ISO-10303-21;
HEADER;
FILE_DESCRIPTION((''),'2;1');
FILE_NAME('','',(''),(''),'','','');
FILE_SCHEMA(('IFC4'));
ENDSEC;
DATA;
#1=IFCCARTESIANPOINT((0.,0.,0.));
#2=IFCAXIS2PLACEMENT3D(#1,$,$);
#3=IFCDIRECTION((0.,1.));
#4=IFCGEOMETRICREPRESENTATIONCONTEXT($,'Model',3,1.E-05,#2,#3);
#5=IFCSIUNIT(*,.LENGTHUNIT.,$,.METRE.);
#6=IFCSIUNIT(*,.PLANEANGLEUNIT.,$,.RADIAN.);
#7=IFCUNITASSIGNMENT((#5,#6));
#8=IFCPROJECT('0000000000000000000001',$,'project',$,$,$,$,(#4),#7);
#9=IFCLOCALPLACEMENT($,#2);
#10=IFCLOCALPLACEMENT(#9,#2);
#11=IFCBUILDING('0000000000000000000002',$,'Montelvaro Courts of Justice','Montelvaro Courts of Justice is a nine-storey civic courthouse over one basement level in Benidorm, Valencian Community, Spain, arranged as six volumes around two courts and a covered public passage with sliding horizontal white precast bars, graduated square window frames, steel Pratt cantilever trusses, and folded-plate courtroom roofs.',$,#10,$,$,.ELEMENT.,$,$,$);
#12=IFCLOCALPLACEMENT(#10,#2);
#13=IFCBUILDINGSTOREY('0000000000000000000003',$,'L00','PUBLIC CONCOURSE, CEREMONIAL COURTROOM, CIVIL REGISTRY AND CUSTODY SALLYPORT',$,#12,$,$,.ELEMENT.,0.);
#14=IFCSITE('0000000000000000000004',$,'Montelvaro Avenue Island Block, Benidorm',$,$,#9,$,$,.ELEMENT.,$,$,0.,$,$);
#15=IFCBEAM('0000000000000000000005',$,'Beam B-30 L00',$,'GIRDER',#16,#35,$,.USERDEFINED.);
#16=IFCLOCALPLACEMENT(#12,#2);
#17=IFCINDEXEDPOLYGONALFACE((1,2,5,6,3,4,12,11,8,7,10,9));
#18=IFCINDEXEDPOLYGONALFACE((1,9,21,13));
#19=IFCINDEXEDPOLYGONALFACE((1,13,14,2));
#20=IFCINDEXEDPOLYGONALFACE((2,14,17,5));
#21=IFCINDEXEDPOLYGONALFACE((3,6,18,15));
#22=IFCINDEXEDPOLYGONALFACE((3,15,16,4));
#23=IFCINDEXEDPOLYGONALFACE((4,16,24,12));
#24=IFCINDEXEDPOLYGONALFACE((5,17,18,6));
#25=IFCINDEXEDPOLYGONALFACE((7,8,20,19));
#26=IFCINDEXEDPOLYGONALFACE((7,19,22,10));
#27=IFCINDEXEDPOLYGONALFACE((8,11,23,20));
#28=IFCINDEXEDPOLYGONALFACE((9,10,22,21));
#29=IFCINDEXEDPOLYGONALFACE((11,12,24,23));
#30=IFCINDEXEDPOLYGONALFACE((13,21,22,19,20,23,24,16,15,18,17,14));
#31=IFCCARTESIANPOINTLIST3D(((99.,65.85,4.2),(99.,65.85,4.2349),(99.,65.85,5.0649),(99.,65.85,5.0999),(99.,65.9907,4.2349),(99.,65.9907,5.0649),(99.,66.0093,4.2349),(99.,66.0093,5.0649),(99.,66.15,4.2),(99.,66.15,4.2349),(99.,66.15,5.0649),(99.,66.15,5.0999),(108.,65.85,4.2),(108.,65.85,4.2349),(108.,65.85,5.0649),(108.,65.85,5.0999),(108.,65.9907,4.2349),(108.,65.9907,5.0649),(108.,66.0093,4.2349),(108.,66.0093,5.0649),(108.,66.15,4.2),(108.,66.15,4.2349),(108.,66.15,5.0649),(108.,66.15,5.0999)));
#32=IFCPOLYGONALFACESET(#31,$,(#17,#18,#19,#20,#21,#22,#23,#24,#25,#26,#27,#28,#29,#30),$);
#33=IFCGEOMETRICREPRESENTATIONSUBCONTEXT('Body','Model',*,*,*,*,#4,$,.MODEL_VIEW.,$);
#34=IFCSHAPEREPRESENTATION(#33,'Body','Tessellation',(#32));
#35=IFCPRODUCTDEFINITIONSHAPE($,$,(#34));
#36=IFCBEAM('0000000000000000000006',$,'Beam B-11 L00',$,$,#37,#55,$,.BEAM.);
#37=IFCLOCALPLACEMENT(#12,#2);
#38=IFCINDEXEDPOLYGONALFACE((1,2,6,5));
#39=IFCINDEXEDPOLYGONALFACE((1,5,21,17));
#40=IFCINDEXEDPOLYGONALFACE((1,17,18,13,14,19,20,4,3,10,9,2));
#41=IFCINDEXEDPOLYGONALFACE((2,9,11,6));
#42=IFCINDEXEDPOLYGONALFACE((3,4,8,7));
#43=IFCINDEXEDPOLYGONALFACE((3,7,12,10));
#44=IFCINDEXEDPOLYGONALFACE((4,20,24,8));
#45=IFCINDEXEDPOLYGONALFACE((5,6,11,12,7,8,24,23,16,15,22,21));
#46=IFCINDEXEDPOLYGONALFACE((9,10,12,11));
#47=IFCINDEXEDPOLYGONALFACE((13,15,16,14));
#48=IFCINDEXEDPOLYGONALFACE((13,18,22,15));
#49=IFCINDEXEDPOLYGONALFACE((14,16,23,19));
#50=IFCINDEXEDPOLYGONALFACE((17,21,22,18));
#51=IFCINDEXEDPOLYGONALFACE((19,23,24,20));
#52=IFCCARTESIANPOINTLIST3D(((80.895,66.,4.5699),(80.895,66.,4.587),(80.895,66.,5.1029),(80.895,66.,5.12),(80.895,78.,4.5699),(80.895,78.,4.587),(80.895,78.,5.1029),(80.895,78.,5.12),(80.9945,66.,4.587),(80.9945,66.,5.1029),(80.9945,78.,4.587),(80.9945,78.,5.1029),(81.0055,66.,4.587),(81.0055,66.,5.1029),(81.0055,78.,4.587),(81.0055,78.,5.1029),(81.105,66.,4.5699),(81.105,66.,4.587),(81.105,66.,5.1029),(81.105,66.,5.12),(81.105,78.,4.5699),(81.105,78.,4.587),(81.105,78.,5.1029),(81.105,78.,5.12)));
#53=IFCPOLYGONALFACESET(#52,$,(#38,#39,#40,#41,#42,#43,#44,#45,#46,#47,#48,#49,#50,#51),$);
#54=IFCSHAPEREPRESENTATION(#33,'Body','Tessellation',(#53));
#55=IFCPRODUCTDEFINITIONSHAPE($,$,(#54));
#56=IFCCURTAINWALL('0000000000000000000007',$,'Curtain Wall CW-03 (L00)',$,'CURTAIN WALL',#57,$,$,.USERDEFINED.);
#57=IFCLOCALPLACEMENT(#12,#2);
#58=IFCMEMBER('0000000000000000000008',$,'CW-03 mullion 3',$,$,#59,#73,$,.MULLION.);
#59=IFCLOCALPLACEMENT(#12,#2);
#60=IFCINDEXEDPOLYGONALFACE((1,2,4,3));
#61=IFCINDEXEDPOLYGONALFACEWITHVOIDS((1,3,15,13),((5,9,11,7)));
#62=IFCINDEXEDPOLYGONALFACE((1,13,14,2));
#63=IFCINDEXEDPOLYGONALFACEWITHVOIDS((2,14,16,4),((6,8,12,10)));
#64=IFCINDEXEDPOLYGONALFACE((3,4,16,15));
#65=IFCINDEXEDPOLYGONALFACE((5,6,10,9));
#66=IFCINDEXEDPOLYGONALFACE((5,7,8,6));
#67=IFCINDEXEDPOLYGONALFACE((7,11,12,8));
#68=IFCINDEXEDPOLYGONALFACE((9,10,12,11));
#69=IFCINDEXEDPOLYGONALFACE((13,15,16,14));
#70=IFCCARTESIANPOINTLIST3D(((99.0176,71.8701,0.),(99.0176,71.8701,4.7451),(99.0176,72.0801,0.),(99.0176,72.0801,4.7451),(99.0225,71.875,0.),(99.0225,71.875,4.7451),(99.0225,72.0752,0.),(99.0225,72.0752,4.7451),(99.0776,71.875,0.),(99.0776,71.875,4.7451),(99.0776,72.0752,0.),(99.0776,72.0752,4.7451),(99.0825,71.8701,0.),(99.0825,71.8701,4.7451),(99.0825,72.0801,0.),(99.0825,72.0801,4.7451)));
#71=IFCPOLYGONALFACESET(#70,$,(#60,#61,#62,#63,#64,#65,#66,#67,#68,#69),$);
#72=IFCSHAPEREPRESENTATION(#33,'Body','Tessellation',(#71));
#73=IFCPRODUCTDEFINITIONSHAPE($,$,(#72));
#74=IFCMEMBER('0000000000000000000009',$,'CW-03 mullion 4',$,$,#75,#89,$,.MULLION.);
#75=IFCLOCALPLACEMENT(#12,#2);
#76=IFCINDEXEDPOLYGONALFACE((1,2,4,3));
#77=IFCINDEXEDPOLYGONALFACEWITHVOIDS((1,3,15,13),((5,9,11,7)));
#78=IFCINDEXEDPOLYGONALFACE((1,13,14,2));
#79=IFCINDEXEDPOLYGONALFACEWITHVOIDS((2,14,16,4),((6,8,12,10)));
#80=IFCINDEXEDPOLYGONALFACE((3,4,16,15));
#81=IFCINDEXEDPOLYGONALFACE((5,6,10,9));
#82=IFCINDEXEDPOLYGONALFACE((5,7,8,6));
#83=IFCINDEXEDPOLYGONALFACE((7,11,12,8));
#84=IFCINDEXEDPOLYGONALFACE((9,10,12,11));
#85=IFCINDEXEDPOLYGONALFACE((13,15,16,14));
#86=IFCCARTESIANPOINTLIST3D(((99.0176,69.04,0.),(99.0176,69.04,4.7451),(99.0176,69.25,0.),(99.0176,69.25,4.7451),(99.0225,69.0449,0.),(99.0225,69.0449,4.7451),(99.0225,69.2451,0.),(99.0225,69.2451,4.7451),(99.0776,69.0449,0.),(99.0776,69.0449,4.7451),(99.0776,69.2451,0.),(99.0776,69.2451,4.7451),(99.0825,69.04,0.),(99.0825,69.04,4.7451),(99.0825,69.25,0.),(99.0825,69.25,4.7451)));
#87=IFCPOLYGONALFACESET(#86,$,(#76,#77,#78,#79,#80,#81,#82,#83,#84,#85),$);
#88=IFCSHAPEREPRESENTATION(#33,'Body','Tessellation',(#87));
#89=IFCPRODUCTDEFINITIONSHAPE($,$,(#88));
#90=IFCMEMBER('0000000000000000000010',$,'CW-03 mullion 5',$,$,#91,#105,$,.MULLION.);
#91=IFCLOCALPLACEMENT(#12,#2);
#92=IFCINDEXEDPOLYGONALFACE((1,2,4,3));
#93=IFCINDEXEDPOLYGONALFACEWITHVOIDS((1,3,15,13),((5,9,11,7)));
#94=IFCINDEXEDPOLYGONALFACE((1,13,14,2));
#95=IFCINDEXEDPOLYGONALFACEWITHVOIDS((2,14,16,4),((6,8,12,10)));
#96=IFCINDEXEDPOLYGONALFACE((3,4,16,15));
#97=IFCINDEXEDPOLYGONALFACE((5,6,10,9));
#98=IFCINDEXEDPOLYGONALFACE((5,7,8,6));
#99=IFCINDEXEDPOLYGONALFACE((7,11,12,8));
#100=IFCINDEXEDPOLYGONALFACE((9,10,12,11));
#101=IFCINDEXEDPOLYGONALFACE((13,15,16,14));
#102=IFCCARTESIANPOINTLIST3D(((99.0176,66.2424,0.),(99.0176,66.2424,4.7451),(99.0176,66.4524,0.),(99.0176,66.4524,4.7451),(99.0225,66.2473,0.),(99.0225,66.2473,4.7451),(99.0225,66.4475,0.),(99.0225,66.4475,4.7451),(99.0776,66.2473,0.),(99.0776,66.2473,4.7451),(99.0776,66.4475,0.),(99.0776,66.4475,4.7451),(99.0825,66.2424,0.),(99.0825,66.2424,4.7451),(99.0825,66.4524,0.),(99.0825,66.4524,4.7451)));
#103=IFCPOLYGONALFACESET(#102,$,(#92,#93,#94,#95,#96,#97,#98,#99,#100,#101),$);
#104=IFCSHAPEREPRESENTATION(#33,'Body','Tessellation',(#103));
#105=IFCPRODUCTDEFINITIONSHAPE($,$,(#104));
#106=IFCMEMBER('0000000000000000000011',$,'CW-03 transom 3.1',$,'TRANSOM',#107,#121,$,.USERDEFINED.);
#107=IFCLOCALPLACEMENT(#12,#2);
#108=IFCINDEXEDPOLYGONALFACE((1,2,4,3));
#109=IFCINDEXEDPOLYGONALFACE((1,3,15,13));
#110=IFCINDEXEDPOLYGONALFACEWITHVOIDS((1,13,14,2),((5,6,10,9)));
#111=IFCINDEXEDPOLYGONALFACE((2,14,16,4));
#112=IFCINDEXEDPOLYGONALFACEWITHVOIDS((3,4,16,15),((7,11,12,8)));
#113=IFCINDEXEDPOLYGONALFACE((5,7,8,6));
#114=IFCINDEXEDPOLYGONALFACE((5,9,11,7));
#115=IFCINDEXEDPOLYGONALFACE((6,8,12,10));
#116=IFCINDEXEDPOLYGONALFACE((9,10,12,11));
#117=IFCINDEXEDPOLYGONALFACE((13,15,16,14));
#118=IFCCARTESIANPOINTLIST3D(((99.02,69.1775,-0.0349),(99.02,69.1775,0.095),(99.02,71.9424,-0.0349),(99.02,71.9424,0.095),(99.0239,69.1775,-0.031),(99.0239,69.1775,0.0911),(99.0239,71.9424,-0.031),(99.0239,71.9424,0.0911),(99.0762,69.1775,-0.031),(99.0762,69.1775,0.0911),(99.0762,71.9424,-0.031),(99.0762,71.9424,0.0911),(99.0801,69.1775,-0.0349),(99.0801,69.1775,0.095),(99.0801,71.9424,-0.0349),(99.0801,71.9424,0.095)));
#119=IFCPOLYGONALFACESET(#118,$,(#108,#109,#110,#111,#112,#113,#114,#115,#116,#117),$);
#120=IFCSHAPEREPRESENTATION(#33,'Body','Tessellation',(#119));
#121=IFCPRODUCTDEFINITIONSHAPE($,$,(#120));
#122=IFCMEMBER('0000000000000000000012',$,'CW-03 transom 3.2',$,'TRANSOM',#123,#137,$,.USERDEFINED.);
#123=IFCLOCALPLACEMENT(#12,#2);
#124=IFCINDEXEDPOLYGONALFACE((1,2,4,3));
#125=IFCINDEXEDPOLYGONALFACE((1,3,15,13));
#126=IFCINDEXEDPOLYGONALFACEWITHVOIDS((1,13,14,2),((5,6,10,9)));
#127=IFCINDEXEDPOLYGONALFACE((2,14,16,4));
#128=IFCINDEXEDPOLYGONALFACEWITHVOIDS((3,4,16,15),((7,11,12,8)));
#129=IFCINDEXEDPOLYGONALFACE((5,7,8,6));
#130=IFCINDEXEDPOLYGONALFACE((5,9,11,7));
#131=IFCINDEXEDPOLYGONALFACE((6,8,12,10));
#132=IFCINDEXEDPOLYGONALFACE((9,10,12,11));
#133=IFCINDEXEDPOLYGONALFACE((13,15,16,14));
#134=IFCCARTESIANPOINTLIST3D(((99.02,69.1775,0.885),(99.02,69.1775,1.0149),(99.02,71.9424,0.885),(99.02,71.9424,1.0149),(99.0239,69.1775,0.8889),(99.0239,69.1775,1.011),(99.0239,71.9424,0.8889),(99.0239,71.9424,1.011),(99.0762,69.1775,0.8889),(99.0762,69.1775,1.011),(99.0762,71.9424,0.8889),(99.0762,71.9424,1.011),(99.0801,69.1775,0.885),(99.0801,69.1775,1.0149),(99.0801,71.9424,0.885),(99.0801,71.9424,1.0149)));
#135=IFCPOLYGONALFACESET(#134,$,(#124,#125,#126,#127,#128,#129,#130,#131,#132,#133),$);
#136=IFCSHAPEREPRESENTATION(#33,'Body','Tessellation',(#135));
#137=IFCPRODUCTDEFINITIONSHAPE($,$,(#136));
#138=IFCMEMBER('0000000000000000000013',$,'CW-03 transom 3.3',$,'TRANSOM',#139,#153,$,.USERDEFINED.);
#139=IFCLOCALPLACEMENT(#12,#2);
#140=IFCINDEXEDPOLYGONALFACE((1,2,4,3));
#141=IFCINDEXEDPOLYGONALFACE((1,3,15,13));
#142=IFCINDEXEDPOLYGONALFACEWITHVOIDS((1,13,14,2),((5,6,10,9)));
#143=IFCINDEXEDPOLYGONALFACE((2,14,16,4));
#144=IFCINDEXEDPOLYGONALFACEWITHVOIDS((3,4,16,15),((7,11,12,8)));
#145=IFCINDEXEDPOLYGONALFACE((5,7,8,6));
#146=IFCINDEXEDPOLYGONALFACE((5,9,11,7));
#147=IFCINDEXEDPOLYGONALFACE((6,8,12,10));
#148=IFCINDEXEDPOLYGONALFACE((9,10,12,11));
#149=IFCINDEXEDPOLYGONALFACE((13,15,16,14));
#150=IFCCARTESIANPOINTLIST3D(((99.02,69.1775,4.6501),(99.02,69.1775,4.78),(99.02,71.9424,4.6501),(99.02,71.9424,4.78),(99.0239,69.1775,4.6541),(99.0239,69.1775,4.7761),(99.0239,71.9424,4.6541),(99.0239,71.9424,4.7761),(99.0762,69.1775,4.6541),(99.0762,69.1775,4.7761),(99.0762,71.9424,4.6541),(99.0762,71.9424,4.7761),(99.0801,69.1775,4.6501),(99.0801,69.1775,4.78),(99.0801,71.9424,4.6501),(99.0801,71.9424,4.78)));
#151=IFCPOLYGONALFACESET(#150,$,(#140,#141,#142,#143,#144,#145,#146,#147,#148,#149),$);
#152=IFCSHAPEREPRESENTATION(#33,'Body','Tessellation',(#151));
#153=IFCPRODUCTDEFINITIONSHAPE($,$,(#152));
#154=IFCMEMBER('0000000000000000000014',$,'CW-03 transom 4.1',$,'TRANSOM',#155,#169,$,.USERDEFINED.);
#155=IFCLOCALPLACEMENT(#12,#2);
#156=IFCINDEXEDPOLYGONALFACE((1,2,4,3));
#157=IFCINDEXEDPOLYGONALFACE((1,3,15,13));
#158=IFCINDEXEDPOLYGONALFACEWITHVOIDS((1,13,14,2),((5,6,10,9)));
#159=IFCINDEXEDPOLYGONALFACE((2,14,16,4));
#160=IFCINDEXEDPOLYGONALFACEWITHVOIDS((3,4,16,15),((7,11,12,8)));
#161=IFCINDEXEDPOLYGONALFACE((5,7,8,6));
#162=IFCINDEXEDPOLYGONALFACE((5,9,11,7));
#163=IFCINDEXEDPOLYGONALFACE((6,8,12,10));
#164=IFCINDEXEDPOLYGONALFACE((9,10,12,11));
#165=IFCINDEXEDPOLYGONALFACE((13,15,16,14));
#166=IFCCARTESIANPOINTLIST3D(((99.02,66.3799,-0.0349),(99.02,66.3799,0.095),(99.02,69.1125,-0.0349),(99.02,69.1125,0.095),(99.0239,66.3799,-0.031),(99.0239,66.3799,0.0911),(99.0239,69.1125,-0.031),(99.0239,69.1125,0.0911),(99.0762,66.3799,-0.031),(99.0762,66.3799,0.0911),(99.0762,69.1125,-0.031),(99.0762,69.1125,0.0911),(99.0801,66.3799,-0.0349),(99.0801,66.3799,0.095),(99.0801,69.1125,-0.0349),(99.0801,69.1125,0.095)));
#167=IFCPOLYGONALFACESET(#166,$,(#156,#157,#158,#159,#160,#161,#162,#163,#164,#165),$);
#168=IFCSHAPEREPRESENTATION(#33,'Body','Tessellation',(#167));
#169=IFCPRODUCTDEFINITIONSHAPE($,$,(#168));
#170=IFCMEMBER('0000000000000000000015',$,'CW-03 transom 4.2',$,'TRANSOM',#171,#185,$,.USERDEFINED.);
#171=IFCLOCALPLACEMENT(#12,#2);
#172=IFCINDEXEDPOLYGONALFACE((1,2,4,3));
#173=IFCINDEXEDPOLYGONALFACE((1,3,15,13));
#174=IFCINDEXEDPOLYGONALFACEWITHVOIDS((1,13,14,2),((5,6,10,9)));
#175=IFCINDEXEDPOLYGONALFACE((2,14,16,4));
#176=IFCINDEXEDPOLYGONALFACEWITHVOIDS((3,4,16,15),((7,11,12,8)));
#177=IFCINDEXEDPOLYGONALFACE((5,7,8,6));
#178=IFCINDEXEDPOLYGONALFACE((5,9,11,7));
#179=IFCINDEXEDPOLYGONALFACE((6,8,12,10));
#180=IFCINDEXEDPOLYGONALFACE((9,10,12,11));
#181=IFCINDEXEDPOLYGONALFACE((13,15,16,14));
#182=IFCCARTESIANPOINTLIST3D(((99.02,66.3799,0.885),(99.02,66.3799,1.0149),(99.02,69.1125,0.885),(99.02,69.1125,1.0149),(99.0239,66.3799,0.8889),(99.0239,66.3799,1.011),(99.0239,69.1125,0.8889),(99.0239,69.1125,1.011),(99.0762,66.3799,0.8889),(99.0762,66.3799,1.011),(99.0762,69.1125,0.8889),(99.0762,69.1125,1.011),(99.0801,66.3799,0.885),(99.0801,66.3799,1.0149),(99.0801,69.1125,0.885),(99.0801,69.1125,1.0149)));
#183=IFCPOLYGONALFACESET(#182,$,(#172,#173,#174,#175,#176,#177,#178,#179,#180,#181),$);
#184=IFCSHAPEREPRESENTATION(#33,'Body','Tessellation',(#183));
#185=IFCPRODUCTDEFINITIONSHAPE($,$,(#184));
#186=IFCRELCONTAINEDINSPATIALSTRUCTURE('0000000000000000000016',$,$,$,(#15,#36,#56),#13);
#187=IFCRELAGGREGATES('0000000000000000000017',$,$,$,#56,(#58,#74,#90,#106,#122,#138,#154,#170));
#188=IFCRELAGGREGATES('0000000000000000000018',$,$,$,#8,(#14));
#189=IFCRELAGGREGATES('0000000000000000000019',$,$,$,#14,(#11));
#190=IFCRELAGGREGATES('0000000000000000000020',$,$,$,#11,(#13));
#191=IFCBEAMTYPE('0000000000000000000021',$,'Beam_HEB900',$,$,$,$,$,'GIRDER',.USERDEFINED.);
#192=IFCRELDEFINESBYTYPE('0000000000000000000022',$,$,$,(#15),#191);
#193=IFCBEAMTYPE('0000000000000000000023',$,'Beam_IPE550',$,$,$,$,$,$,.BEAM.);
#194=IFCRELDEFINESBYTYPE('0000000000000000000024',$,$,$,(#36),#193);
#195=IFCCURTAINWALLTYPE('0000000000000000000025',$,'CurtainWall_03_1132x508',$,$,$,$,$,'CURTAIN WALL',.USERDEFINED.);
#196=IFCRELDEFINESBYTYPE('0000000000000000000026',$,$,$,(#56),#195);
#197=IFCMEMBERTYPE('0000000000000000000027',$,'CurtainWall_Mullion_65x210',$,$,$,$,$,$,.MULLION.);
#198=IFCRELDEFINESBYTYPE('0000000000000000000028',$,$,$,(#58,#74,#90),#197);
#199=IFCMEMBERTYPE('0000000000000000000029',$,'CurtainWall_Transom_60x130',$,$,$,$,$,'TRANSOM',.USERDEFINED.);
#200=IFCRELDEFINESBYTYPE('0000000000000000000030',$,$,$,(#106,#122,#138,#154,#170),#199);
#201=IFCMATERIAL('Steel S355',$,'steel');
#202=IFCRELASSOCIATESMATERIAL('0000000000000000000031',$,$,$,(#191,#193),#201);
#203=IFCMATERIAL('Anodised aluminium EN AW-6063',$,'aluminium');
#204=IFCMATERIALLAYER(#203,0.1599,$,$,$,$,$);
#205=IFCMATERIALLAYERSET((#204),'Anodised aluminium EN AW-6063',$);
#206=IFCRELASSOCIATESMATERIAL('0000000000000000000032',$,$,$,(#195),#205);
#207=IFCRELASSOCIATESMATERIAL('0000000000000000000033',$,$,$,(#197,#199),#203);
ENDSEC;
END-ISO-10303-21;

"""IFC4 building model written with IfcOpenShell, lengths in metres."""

from ifc_helpers import new_model, si_unit, direction, frame, origin, origin_2d, place, context, subcontext, project, spatial, hollow_rectangle, i_section, extrude, material, layer, layer_set, material_profile, profile_set, type_object, element, aggregate, save


model = new_model("IFC4")

# Units and contexts
model_context = context("Model", 3, precision=1e-05, world=origin(), true_north=direction((0.0, 1.0)))
body_context = subcontext(model_context, "Body", "Model", "MODEL_VIEW")
ifc_project = project(units=[si_unit("LENGTHUNIT", "METRE"), si_unit("PLANEANGLEUNIT", "RADIAN")], contexts=[model_context])

# Site, building, storey
site_placement = place(None, origin())
site = spatial("IfcSite", under=ifc_project, at=site_placement, Name="Montelvaro Avenue Island Block, Benidorm", CompositionType="ELEMENT", RefElevation=0.0)
building_placement = place(site_placement, origin())
building = spatial("IfcBuilding", under=site, at=building_placement, Name="Montelvaro Courts of Justice", Description="Montelvaro Courts of Justice is a nine-storey civic courthouse over one basement level in Benidorm, Valencian Community, Spain, arranged as six volumes around two courts and a covered public passage with sliding horizontal white precast bars, graduated square window frames, steel Pratt cantilever trusses, and folded-plate courtroom roofs.", CompositionType="ELEMENT")
storey_placement = place(building_placement, origin())
storey = spatial("IfcBuildingStorey", under=building, at=storey_placement, Name="L00", Description="PUBLIC CONCOURSE, CEREMONIAL COURTROOM, CIVIL REGISTRY AND CUSTODY SALLYPORT", CompositionType="ELEMENT", Elevation=0.0)

# Shared definitions
ifc_material_1 = material(Name="Steel S355", Category="steel")

# Beams
ifc_material_profile_1 = material_profile(ifc_material_1, i_section(OverallWidth=0.3, OverallDepth=0.8999, WebThickness=0.0186, FlangeThickness=0.0349, at=origin_2d()), Name="HEB 900")
ifc_profile_set_1 = profile_set([ifc_material_profile_1], Name="Steel S355")
beam_type_1 = type_object("IfcBeamType", Name="Beam_HEB900", ElementType="GIRDER", PredefinedType="USERDEFINED", material=ifc_profile_set_1)
beam_1_placement = place(storey_placement, frame((99.0, 66.0, 4.6499), z_axis=(1.0, 0.0, 0.0), x_axis=(0.0, 1.0, 0.0)))
element("IfcBeam", 1, at=beam_1_placement, inside=storey, type_object=beam_type_1, Name="Beam B-30 L00", ObjectType="GIRDER", PredefinedType="USERDEFINED", context=body_context, shape_type="SweptSolid", body=[
    extrude(i_section(OverallWidth=0.3, OverallDepth=0.8999, WebThickness=0.0186, FlangeThickness=0.0349, at=origin_2d()), origin(), (0.0, 0.0, 1.0), 9.0),
])
ifc_material_profile_2 = material_profile(ifc_material_1, i_section(OverallWidth=0.21, OverallDepth=0.55, WebThickness=0.011, FlangeThickness=0.0171, at=origin_2d()), Name="IPE 550")
ifc_profile_set_2 = profile_set([ifc_material_profile_2], Name="Steel S355")
beam_type_2 = type_object("IfcBeamType", Name="Beam_IPE550", PredefinedType="BEAM", material=ifc_profile_set_2)
beam_2_placement = place(storey_placement, frame((81.0, 66.0, 4.845), z_axis=(0.0, 1.0, 0.0), x_axis=(-1.0, 0.0, 0.0)))
element("IfcBeam", 2, at=beam_2_placement, inside=storey, type_object=beam_type_2, Name="Beam B-11 L00", PredefinedType="BEAM", context=body_context, shape_type="SweptSolid", body=[
    extrude(i_section(OverallWidth=0.21, OverallDepth=0.55, WebThickness=0.011, FlangeThickness=0.0171, at=origin_2d()), origin(), (0.0, 0.0, 1.0), 12.0),
])

# Curtain wall, members
ifc_material_2 = material(Name="Anodised aluminium EN AW-6063", Category="aluminium")
ifc_layer_1 = layer(ifc_material_2, 0.1599)
ifc_layer_set_1 = layer_set([ifc_layer_1], Name="Anodised aluminium EN AW-6063")
curtain_wall_type = type_object("IfcCurtainWallType", Name="CurtainWall_03_1132x508", ElementType="CURTAIN WALL", PredefinedType="USERDEFINED", material=ifc_layer_set_1)
curtain_wall_placement = place(storey_placement, origin())
curtain_wall = element("IfcCurtainWall", 3, at=curtain_wall_placement, inside=storey, type_object=curtain_wall_type, Name="Curtain Wall CW-03 (L00)", ObjectType="CURTAIN WALL", PredefinedType="USERDEFINED")
ifc_material_profile_3 = material_profile(ifc_material_2, hollow_rectangle(XDim=0.0649, YDim=0.21, WallThickness=0.0049, at=origin_2d()), Name="ALU-M 65x210")
ifc_profile_set_3 = profile_set([ifc_material_profile_3], Name="Anodised aluminium EN AW-6063")
member_type_1 = type_object("IfcMemberType", Name="CurtainWall_Mullion_65x210", PredefinedType="MULLION", material=ifc_profile_set_3)
member_1_placement = place(storey_placement, frame((99.05, 71.9751, 0.0), z_axis=(0.0, 0.0, 1.0), x_axis=(1.0, 0.0, 0.0)))
member_1 = element("IfcMember", 4, at=member_1_placement, type_object=member_type_1, Name="CW-03 mullion 3", PredefinedType="MULLION", context=body_context, shape_type="SweptSolid", body=[
    extrude(hollow_rectangle(XDim=0.0649, YDim=0.21, WallThickness=0.0049, at=origin_2d()), origin(), (0.0, 0.0, 1.0), 4.7451),
])
member_2_placement = place(storey_placement, frame((99.05, 69.145, 0.0), z_axis=(0.0, 0.0, 1.0), x_axis=(1.0, 0.0, 0.0)))
member_2 = element("IfcMember", 5, at=member_2_placement, type_object=member_type_1, Name="CW-03 mullion 4", PredefinedType="MULLION", context=body_context, shape_type="SweptSolid", body=[
    extrude(hollow_rectangle(XDim=0.0649, YDim=0.21, WallThickness=0.0049, at=origin_2d()), origin(), (0.0, 0.0, 1.0), 4.7451),
])
member_3_placement = place(storey_placement, frame((99.05, 66.3474, 0.0), z_axis=(0.0, 0.0, 1.0), x_axis=(1.0, 0.0, 0.0)))
member_3 = element("IfcMember", 6, at=member_3_placement, type_object=member_type_1, Name="CW-03 mullion 5", PredefinedType="MULLION", context=body_context, shape_type="SweptSolid", body=[
    extrude(hollow_rectangle(XDim=0.0649, YDim=0.21, WallThickness=0.0049, at=origin_2d()), origin(), (0.0, 0.0, 1.0), 4.7451),
])
ifc_material_profile_4 = material_profile(ifc_material_2, hollow_rectangle(XDim=0.0601, YDim=0.1299, WallThickness=0.0039, at=origin_2d()), Name="ALU-T 60x130")
ifc_profile_set_4 = profile_set([ifc_material_profile_4], Name="Anodised aluminium EN AW-6063")
member_type_2 = type_object("IfcMemberType", Name="CurtainWall_Transom_60x130", ElementType="TRANSOM", PredefinedType="USERDEFINED", material=ifc_profile_set_4)
member_4_placement = place(storey_placement, frame((99.05, 71.9424, 0.03), z_axis=(0.0, -1.0, 0.0), x_axis=(1.0, 0.0, 0.0)))
member_4 = element("IfcMember", 7, at=member_4_placement, type_object=member_type_2, Name="CW-03 transom 3.1", ObjectType="TRANSOM", PredefinedType="USERDEFINED", context=body_context, shape_type="SweptSolid", body=[
    extrude(hollow_rectangle(XDim=0.0601, YDim=0.1299, WallThickness=0.0039, at=origin_2d()), origin(), (0.0, 0.0, 1.0), 2.7649),
])
member_5_placement = place(storey_placement, frame((99.05, 71.9424, 0.95), z_axis=(0.0, -1.0, 0.0), x_axis=(1.0, 0.0, 0.0)))
member_5 = element("IfcMember", 8, at=member_5_placement, type_object=member_type_2, Name="CW-03 transom 3.2", ObjectType="TRANSOM", PredefinedType="USERDEFINED", context=body_context, shape_type="SweptSolid", body=[
    extrude(hollow_rectangle(XDim=0.0601, YDim=0.1299, WallThickness=0.0039, at=origin_2d()), origin(), (0.0, 0.0, 1.0), 2.7649),
])
member_6_placement = place(storey_placement, frame((99.05, 71.9424, 4.7151), z_axis=(0.0, -1.0, 0.0), x_axis=(1.0, 0.0, 0.0)))
member_6 = element("IfcMember", 9, at=member_6_placement, type_object=member_type_2, Name="CW-03 transom 3.3", ObjectType="TRANSOM", PredefinedType="USERDEFINED", context=body_context, shape_type="SweptSolid", body=[
    extrude(hollow_rectangle(XDim=0.0601, YDim=0.1299, WallThickness=0.0039, at=origin_2d()), origin(), (0.0, 0.0, 1.0), 2.7649),
])
member_7_placement = place(storey_placement, frame((99.05, 69.1125, 0.03), z_axis=(0.0, -1.0, 0.0), x_axis=(1.0, 0.0, 0.0)))
member_7 = element("IfcMember", 10, at=member_7_placement, type_object=member_type_2, Name="CW-03 transom 4.1", ObjectType="TRANSOM", PredefinedType="USERDEFINED", context=body_context, shape_type="SweptSolid", body=[
    extrude(hollow_rectangle(XDim=0.0601, YDim=0.1299, WallThickness=0.0039, at=origin_2d()), origin(), (0.0, 0.0, 1.0), 2.7327),
])
member_8_placement = place(storey_placement, frame((99.05, 69.1125, 0.95), z_axis=(0.0, -1.0, 0.0), x_axis=(1.0, 0.0, 0.0)))
member_8 = element("IfcMember", 11, at=member_8_placement, type_object=member_type_2, Name="CW-03 transom 4.2", ObjectType="TRANSOM", PredefinedType="USERDEFINED", context=body_context, shape_type="SweptSolid", body=[
    extrude(hollow_rectangle(XDim=0.0601, YDim=0.1299, WallThickness=0.0039, at=origin_2d()), origin(), (0.0, 0.0, 1.0), 2.7327),
])
aggregate(curtain_wall, [member_1, member_2, member_3, member_4, member_5, member_6, member_7, member_8])

save(model, "model.ifc")
